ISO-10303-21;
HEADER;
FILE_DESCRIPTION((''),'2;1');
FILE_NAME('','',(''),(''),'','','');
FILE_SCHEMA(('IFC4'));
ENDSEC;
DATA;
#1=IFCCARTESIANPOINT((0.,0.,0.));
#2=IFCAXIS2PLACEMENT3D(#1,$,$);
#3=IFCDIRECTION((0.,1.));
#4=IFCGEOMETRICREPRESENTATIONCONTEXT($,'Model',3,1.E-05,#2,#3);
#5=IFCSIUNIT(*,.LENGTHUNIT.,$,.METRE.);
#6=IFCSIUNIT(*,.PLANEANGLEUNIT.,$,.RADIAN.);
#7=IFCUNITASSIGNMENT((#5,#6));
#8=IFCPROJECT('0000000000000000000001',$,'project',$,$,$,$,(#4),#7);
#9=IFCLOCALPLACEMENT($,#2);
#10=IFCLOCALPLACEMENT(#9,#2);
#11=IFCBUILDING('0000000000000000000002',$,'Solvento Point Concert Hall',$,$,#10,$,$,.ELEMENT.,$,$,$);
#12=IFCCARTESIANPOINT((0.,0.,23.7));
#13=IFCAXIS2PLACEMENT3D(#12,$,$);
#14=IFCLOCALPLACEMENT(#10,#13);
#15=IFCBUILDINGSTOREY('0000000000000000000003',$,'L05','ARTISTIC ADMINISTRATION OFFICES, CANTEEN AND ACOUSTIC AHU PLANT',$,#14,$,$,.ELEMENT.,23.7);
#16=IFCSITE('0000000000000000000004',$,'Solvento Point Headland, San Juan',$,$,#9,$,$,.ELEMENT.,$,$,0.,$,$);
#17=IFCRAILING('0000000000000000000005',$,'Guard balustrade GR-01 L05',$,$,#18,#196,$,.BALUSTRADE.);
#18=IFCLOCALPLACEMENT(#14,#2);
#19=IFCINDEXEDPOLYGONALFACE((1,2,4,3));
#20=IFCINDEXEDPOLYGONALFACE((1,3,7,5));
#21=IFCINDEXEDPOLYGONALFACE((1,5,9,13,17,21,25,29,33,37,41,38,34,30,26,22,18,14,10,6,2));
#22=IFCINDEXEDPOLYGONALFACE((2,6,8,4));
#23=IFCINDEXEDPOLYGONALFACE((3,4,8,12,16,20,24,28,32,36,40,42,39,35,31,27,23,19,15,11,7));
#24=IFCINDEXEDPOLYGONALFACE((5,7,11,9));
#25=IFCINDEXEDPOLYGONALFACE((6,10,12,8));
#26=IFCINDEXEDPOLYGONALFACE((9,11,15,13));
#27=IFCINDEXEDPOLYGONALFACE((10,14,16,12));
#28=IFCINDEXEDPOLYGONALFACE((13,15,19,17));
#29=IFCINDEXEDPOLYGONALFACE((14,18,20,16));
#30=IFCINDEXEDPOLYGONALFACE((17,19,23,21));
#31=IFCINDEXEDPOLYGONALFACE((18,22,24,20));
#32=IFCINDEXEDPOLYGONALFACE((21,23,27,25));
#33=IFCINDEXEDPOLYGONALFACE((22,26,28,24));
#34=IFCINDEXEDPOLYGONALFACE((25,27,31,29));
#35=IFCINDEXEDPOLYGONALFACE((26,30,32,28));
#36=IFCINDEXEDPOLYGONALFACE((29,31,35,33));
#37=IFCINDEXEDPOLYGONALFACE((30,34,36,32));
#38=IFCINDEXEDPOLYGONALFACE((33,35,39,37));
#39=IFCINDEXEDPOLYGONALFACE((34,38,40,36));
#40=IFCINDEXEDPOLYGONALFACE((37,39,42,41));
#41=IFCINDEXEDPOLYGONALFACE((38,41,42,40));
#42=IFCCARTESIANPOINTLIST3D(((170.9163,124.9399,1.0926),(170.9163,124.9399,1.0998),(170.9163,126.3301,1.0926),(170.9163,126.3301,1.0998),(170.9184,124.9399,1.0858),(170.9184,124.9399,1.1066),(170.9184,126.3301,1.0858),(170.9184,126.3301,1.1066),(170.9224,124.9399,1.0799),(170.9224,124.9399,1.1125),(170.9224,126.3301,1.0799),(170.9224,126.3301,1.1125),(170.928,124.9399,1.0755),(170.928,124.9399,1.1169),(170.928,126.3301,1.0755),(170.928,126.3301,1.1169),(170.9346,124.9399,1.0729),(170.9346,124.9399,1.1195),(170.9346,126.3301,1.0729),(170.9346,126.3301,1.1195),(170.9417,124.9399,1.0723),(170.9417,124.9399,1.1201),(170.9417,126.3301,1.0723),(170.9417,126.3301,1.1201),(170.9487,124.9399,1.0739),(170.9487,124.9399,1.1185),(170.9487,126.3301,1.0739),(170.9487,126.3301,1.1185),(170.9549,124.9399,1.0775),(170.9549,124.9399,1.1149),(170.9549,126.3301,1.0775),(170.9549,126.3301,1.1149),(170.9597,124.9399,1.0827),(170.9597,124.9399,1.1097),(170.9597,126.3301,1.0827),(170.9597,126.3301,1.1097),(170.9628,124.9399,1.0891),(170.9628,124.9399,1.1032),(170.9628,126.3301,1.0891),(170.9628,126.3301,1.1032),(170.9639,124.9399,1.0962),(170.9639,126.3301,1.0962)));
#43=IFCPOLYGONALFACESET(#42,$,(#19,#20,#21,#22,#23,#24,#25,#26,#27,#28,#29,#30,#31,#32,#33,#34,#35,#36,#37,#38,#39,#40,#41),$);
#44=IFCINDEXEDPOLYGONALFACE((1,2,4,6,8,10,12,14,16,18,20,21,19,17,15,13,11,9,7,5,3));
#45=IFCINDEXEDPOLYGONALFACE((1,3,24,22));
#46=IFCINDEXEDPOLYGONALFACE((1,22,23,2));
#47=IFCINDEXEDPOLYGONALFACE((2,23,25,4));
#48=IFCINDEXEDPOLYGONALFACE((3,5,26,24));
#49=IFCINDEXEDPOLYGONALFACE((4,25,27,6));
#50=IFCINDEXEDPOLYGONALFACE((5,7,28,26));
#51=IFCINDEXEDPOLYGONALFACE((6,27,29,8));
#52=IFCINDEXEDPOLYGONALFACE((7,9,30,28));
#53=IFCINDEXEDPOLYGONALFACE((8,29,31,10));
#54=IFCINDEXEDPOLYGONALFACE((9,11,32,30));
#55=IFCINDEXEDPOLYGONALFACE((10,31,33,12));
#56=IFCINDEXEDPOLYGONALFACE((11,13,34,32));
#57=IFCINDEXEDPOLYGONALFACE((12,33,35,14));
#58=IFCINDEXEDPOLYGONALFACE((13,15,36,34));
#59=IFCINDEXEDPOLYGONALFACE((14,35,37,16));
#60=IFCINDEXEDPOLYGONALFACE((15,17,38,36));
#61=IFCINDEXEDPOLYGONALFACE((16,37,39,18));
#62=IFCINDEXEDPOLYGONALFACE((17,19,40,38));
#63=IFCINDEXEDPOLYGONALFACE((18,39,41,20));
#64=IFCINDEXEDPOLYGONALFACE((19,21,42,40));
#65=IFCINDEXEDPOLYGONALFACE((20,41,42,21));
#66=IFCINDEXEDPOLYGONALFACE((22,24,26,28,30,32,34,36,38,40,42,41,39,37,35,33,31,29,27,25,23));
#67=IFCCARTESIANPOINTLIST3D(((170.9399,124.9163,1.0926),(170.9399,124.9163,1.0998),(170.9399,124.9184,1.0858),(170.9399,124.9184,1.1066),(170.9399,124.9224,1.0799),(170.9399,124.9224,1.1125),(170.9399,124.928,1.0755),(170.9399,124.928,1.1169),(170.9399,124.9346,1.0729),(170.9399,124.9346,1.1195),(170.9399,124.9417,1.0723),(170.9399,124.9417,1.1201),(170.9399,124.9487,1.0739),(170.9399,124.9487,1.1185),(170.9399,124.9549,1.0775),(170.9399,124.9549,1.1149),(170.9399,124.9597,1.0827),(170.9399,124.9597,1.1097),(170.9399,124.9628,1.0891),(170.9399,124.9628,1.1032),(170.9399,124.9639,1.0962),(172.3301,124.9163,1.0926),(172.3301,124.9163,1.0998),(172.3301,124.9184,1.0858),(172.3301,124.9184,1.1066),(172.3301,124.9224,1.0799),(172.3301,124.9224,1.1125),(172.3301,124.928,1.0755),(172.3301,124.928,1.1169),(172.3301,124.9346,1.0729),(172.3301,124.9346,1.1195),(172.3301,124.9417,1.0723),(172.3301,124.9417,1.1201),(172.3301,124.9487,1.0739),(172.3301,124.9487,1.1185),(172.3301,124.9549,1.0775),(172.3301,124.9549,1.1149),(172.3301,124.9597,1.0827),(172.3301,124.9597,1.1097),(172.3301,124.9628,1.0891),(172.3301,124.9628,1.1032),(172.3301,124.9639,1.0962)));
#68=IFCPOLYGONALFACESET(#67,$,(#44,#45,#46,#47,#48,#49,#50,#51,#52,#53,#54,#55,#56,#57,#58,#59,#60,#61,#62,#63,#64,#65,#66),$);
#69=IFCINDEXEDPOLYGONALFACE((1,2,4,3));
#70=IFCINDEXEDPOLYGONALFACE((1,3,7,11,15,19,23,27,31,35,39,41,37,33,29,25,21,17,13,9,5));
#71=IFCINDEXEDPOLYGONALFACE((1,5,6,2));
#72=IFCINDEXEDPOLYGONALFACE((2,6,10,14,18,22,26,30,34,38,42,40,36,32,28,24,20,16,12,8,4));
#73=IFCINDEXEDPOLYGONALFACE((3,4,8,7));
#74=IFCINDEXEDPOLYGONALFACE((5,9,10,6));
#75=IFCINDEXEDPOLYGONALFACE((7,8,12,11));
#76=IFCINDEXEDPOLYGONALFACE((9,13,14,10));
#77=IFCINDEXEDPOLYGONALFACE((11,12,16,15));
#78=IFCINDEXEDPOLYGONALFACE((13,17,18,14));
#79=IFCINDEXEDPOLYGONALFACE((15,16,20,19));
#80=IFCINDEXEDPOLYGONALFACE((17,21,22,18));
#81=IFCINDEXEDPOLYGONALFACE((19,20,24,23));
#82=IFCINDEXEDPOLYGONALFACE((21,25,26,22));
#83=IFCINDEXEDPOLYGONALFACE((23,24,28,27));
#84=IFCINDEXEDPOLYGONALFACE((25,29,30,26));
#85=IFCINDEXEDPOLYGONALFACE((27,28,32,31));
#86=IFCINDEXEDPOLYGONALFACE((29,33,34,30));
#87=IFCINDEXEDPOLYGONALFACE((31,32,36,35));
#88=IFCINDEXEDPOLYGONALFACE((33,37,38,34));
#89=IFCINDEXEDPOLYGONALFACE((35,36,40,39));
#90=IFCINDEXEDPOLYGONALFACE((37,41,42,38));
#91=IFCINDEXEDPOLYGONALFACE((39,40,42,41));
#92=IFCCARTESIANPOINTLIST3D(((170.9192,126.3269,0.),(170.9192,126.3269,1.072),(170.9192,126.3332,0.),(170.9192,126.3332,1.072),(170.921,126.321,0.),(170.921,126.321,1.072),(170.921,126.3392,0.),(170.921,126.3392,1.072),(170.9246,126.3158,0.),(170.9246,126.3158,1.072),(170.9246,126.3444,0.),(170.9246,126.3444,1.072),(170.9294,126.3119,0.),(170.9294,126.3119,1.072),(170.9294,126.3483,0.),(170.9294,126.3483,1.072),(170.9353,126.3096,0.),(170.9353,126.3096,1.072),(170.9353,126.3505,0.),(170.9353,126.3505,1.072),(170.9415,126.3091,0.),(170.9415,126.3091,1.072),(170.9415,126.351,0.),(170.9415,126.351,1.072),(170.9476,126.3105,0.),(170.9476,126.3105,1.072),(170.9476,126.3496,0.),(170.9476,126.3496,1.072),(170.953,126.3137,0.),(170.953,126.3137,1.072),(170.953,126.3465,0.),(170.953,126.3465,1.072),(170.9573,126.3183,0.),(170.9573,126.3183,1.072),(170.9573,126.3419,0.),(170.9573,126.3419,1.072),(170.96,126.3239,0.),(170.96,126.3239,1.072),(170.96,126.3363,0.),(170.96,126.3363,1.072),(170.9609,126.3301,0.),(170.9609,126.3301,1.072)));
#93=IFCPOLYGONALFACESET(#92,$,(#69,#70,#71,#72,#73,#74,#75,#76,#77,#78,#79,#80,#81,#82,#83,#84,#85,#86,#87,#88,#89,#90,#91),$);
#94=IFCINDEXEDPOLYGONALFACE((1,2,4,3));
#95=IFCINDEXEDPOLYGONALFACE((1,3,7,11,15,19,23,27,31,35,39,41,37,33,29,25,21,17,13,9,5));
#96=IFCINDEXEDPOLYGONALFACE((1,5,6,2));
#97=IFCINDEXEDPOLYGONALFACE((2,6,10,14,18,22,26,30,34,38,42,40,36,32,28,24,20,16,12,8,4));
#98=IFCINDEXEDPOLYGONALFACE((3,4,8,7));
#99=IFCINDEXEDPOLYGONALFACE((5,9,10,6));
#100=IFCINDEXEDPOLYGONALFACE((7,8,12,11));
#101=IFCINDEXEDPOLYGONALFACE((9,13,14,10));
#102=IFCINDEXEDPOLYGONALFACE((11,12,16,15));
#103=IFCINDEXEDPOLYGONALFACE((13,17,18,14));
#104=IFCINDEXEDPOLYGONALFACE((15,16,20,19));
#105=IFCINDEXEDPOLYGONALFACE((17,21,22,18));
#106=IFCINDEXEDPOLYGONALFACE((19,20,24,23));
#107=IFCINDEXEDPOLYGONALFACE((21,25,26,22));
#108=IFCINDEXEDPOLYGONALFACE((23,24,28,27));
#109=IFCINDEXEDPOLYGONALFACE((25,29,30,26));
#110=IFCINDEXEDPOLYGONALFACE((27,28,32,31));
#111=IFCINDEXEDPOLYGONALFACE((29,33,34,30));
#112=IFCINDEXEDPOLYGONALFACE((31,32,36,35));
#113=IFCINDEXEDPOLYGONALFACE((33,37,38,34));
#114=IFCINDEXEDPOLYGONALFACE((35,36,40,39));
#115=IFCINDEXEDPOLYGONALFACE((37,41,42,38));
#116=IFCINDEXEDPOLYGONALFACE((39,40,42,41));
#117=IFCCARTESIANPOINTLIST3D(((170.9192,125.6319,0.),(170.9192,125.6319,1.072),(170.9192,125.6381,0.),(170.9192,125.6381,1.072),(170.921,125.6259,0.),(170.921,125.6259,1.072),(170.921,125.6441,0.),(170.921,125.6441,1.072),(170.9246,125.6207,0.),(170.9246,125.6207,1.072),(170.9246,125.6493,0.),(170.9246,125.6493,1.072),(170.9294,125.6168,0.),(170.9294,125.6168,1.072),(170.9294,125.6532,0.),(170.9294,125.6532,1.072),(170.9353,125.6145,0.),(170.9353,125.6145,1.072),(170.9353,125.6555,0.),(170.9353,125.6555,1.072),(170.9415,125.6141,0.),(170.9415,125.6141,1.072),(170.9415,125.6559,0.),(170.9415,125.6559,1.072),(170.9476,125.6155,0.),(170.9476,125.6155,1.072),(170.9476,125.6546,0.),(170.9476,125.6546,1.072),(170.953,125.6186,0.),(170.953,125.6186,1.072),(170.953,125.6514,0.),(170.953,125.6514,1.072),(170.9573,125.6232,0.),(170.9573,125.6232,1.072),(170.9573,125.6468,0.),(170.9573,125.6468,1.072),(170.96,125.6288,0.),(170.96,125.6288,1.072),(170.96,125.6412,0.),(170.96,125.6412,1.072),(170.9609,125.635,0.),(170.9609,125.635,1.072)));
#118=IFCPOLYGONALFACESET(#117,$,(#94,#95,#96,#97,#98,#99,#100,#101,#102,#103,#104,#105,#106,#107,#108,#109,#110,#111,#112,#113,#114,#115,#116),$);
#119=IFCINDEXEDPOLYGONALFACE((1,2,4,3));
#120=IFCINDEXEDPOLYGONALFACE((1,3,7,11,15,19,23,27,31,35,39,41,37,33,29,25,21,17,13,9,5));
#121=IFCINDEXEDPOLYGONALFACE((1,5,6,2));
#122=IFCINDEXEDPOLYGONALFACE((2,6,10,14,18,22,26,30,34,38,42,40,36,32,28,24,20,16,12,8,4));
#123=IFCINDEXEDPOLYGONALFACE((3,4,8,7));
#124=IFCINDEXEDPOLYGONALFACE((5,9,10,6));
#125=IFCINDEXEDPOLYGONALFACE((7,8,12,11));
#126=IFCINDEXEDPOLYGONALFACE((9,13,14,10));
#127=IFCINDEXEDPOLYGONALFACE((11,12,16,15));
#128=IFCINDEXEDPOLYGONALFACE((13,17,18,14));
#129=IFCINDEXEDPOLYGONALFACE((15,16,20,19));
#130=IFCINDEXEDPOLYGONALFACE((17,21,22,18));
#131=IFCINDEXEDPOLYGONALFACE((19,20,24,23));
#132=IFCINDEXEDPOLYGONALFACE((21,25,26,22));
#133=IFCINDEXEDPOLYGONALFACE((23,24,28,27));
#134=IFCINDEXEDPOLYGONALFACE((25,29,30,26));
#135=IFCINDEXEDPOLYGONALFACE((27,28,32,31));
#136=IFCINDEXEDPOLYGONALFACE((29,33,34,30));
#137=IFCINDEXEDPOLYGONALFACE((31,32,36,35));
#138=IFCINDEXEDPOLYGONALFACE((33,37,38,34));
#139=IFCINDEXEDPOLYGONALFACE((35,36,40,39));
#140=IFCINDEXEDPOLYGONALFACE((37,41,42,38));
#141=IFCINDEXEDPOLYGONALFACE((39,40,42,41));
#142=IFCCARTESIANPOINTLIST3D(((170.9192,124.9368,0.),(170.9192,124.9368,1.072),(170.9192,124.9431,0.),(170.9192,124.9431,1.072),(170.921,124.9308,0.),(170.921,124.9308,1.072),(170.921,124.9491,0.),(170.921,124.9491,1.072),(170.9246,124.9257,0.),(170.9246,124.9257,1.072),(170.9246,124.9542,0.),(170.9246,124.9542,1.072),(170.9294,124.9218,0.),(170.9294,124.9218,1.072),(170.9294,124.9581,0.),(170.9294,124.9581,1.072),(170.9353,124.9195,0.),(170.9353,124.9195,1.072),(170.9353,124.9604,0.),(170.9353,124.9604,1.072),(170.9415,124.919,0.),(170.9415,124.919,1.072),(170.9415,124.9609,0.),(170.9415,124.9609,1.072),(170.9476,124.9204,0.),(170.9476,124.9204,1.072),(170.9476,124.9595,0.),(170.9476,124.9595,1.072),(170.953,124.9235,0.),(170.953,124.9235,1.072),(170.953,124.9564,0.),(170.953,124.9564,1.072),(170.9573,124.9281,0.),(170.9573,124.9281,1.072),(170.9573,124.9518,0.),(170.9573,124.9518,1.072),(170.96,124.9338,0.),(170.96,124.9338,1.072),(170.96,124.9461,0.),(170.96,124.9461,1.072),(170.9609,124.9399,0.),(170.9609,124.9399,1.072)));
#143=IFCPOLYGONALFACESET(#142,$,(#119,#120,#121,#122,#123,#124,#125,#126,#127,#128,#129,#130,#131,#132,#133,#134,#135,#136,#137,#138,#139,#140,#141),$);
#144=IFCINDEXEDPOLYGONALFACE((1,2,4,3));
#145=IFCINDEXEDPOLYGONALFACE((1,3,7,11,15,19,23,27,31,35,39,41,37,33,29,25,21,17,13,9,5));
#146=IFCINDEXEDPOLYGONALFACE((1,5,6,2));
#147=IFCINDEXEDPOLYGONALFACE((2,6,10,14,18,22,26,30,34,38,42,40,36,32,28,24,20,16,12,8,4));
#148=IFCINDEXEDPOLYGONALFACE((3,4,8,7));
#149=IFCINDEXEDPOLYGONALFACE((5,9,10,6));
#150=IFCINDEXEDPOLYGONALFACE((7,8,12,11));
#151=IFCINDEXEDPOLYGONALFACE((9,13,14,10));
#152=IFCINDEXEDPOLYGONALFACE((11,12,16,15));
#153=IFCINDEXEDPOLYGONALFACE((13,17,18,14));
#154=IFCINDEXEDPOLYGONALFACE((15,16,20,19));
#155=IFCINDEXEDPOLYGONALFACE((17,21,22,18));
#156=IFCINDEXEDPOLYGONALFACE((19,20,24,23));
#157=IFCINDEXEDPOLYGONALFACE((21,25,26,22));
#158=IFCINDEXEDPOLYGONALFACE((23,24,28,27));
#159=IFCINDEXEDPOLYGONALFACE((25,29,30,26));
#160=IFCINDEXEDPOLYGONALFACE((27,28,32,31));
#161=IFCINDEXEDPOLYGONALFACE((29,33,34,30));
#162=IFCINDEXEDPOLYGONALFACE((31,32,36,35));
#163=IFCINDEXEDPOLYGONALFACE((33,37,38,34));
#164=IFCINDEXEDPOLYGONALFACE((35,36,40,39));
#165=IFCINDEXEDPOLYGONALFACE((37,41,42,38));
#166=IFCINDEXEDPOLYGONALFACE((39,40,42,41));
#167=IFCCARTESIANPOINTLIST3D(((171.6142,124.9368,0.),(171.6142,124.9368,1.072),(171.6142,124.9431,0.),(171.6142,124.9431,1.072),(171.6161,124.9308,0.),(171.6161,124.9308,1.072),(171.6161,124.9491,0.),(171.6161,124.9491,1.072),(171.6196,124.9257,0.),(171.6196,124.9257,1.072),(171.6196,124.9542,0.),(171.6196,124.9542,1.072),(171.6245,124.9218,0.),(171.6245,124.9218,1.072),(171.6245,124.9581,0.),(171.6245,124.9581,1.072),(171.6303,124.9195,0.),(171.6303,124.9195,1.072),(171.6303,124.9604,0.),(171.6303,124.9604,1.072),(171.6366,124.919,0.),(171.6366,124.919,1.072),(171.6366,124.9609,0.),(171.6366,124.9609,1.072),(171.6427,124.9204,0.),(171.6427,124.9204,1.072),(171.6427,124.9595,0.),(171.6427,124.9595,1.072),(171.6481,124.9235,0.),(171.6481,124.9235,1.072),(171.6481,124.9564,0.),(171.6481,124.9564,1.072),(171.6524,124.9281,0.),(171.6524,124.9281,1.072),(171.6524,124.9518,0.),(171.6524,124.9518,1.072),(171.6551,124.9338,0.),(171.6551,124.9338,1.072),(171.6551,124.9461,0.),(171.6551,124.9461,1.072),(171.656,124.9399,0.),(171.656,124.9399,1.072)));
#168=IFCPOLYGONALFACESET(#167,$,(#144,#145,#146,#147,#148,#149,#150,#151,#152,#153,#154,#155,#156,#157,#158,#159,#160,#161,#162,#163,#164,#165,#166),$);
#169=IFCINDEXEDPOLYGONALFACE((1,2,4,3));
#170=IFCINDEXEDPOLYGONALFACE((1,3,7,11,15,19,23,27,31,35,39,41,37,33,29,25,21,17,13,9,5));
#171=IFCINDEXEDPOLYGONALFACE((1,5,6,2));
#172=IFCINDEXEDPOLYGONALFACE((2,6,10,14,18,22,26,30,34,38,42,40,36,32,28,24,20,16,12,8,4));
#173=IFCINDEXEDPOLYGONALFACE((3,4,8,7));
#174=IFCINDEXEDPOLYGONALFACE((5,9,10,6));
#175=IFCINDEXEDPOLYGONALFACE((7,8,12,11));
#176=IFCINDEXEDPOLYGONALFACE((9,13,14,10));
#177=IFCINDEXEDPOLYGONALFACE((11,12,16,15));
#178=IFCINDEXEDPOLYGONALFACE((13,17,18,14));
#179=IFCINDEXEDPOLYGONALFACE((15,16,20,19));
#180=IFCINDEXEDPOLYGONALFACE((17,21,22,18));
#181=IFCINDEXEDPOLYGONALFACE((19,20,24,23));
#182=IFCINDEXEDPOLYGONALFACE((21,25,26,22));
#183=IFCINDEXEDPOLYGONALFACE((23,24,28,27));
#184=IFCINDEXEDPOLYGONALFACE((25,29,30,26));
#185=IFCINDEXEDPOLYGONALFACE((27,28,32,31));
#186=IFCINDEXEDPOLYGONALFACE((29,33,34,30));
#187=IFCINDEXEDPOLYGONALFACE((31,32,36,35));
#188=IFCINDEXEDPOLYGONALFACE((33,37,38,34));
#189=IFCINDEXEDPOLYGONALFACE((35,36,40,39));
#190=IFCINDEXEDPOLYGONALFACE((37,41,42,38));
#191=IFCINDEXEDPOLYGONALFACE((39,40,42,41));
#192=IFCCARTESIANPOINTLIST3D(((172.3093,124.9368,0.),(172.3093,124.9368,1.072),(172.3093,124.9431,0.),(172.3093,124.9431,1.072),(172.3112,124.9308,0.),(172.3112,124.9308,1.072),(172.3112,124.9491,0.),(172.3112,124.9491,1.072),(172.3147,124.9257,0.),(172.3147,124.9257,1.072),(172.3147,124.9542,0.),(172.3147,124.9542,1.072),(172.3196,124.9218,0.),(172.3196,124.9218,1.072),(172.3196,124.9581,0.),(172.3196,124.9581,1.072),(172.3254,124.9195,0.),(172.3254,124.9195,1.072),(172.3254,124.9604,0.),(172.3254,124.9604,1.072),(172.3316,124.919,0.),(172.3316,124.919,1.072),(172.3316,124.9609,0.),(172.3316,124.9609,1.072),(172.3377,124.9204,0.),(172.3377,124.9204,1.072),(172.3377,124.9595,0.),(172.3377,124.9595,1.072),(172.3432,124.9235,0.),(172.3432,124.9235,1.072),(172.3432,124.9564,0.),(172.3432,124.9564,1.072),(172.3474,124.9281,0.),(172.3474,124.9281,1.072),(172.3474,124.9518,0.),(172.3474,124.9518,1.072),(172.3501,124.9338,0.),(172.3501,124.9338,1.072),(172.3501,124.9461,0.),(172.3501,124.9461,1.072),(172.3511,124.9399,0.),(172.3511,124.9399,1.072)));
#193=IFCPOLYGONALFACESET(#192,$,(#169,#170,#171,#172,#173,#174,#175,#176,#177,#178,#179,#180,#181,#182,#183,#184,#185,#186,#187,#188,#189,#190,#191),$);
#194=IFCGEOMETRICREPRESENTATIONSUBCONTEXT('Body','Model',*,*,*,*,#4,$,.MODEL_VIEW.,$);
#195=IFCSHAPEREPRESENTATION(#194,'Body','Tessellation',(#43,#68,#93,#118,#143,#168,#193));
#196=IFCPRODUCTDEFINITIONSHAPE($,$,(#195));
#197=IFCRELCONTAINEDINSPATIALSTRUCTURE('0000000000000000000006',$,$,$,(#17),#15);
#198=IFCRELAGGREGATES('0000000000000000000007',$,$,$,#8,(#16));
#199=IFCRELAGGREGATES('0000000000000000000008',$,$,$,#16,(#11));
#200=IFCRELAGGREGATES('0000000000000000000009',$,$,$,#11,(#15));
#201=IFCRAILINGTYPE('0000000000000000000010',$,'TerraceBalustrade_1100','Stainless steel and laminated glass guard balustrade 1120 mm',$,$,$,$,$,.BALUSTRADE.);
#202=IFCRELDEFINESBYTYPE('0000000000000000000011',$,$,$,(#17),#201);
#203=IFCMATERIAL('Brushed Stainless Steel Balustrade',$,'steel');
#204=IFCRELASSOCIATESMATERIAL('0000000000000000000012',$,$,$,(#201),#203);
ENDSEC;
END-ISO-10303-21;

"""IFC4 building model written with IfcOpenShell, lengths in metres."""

from ifc_helpers import new_model, si_unit, direction, frame, origin, origin_2d, place, context, subcontext, project, spatial, circle, extrude, material, type_object, element, save


model = new_model("IFC4")

# Units and contexts
model_context = context("Model", 3, precision=1e-05, world=origin(), true_north=direction((0.0, 1.0)))
body_context = subcontext(model_context, "Body", "Model", "MODEL_VIEW")
ifc_project = project(units=[si_unit("LENGTHUNIT", "METRE"), si_unit("PLANEANGLEUNIT", "RADIAN")], contexts=[model_context])

# Site, building, storey
site_placement = place(None, origin())
site = spatial("IfcSite", under=ifc_project, at=site_placement, Name="Solvento Point Headland, San Juan", CompositionType="ELEMENT", RefElevation=0.0)
building_placement = place(site_placement, origin())
building = spatial("IfcBuilding", under=site, at=building_placement, Name="Solvento Point Concert Hall", CompositionType="ELEMENT")
storey_placement = place(building_placement, frame((0.0, 0.0, 23.7)))
storey = spatial("IfcBuildingStorey", under=building, at=storey_placement, Name="L05", Description="ARTISTIC ADMINISTRATION OFFICES, CANTEEN AND ACOUSTIC AHU PLANT", CompositionType="ELEMENT", Elevation=23.7)

# Railing
ifc_material_1 = material(Name="Brushed Stainless Steel Balustrade", Category="steel")
railing_type = type_object("IfcRailingType", Name="TerraceBalustrade_1100", Description="Stainless steel and laminated glass guard balustrade 1120 mm", PredefinedType="BALUSTRADE", material=ifc_material_1)
railing_1_placement = place(storey_placement, frame((170.9399, 126.3301, 0.0)))
element("IfcRailing", 1, at=railing_1_placement, inside=storey, type_object=railing_type, Name="Guard balustrade GR-01 L05", PredefinedType="BALUSTRADE", context=body_context, shape_type="SweptSolid", body=[
    extrude(circle(Radius=0.0239, at=origin_2d()), frame((0.0, 0.0, 1.0962), z_axis=(0.0, -1.0, 0.0), x_axis=(1.0, 0.0, 0.0)), (0.0, 0.0, 1.0), 1.3901),
    extrude(circle(Radius=0.0239, at=origin_2d()), frame((0.0, -1.3901, 1.0962), z_axis=(1.0, 0.0, 0.0), x_axis=(0.0, 1.0, 0.0)), (0.0, 0.0, 1.0), 1.3901),
    extrude(circle(Radius=0.021, at=origin_2d()), origin(), (0.0, 0.0, 1.0), 1.072),
    extrude(circle(Radius=0.021, at=origin_2d()), frame((0.0, -0.6951, 0.0)), (0.0, 0.0, 1.0), 1.072),
    extrude(circle(Radius=0.021, at=origin_2d()), frame((0.0, -1.3901, 0.0)), (0.0, 0.0, 1.0), 1.072),
    extrude(circle(Radius=0.021, at=origin_2d()), frame((0.6951, -1.3901, 0.0)), (0.0, 0.0, 1.0), 1.072),
    extrude(circle(Radius=0.021, at=origin_2d()), frame((1.3901, -1.3901, 0.0)), (0.0, 0.0, 1.0), 1.072),
])

save(model, "model.ifc")
